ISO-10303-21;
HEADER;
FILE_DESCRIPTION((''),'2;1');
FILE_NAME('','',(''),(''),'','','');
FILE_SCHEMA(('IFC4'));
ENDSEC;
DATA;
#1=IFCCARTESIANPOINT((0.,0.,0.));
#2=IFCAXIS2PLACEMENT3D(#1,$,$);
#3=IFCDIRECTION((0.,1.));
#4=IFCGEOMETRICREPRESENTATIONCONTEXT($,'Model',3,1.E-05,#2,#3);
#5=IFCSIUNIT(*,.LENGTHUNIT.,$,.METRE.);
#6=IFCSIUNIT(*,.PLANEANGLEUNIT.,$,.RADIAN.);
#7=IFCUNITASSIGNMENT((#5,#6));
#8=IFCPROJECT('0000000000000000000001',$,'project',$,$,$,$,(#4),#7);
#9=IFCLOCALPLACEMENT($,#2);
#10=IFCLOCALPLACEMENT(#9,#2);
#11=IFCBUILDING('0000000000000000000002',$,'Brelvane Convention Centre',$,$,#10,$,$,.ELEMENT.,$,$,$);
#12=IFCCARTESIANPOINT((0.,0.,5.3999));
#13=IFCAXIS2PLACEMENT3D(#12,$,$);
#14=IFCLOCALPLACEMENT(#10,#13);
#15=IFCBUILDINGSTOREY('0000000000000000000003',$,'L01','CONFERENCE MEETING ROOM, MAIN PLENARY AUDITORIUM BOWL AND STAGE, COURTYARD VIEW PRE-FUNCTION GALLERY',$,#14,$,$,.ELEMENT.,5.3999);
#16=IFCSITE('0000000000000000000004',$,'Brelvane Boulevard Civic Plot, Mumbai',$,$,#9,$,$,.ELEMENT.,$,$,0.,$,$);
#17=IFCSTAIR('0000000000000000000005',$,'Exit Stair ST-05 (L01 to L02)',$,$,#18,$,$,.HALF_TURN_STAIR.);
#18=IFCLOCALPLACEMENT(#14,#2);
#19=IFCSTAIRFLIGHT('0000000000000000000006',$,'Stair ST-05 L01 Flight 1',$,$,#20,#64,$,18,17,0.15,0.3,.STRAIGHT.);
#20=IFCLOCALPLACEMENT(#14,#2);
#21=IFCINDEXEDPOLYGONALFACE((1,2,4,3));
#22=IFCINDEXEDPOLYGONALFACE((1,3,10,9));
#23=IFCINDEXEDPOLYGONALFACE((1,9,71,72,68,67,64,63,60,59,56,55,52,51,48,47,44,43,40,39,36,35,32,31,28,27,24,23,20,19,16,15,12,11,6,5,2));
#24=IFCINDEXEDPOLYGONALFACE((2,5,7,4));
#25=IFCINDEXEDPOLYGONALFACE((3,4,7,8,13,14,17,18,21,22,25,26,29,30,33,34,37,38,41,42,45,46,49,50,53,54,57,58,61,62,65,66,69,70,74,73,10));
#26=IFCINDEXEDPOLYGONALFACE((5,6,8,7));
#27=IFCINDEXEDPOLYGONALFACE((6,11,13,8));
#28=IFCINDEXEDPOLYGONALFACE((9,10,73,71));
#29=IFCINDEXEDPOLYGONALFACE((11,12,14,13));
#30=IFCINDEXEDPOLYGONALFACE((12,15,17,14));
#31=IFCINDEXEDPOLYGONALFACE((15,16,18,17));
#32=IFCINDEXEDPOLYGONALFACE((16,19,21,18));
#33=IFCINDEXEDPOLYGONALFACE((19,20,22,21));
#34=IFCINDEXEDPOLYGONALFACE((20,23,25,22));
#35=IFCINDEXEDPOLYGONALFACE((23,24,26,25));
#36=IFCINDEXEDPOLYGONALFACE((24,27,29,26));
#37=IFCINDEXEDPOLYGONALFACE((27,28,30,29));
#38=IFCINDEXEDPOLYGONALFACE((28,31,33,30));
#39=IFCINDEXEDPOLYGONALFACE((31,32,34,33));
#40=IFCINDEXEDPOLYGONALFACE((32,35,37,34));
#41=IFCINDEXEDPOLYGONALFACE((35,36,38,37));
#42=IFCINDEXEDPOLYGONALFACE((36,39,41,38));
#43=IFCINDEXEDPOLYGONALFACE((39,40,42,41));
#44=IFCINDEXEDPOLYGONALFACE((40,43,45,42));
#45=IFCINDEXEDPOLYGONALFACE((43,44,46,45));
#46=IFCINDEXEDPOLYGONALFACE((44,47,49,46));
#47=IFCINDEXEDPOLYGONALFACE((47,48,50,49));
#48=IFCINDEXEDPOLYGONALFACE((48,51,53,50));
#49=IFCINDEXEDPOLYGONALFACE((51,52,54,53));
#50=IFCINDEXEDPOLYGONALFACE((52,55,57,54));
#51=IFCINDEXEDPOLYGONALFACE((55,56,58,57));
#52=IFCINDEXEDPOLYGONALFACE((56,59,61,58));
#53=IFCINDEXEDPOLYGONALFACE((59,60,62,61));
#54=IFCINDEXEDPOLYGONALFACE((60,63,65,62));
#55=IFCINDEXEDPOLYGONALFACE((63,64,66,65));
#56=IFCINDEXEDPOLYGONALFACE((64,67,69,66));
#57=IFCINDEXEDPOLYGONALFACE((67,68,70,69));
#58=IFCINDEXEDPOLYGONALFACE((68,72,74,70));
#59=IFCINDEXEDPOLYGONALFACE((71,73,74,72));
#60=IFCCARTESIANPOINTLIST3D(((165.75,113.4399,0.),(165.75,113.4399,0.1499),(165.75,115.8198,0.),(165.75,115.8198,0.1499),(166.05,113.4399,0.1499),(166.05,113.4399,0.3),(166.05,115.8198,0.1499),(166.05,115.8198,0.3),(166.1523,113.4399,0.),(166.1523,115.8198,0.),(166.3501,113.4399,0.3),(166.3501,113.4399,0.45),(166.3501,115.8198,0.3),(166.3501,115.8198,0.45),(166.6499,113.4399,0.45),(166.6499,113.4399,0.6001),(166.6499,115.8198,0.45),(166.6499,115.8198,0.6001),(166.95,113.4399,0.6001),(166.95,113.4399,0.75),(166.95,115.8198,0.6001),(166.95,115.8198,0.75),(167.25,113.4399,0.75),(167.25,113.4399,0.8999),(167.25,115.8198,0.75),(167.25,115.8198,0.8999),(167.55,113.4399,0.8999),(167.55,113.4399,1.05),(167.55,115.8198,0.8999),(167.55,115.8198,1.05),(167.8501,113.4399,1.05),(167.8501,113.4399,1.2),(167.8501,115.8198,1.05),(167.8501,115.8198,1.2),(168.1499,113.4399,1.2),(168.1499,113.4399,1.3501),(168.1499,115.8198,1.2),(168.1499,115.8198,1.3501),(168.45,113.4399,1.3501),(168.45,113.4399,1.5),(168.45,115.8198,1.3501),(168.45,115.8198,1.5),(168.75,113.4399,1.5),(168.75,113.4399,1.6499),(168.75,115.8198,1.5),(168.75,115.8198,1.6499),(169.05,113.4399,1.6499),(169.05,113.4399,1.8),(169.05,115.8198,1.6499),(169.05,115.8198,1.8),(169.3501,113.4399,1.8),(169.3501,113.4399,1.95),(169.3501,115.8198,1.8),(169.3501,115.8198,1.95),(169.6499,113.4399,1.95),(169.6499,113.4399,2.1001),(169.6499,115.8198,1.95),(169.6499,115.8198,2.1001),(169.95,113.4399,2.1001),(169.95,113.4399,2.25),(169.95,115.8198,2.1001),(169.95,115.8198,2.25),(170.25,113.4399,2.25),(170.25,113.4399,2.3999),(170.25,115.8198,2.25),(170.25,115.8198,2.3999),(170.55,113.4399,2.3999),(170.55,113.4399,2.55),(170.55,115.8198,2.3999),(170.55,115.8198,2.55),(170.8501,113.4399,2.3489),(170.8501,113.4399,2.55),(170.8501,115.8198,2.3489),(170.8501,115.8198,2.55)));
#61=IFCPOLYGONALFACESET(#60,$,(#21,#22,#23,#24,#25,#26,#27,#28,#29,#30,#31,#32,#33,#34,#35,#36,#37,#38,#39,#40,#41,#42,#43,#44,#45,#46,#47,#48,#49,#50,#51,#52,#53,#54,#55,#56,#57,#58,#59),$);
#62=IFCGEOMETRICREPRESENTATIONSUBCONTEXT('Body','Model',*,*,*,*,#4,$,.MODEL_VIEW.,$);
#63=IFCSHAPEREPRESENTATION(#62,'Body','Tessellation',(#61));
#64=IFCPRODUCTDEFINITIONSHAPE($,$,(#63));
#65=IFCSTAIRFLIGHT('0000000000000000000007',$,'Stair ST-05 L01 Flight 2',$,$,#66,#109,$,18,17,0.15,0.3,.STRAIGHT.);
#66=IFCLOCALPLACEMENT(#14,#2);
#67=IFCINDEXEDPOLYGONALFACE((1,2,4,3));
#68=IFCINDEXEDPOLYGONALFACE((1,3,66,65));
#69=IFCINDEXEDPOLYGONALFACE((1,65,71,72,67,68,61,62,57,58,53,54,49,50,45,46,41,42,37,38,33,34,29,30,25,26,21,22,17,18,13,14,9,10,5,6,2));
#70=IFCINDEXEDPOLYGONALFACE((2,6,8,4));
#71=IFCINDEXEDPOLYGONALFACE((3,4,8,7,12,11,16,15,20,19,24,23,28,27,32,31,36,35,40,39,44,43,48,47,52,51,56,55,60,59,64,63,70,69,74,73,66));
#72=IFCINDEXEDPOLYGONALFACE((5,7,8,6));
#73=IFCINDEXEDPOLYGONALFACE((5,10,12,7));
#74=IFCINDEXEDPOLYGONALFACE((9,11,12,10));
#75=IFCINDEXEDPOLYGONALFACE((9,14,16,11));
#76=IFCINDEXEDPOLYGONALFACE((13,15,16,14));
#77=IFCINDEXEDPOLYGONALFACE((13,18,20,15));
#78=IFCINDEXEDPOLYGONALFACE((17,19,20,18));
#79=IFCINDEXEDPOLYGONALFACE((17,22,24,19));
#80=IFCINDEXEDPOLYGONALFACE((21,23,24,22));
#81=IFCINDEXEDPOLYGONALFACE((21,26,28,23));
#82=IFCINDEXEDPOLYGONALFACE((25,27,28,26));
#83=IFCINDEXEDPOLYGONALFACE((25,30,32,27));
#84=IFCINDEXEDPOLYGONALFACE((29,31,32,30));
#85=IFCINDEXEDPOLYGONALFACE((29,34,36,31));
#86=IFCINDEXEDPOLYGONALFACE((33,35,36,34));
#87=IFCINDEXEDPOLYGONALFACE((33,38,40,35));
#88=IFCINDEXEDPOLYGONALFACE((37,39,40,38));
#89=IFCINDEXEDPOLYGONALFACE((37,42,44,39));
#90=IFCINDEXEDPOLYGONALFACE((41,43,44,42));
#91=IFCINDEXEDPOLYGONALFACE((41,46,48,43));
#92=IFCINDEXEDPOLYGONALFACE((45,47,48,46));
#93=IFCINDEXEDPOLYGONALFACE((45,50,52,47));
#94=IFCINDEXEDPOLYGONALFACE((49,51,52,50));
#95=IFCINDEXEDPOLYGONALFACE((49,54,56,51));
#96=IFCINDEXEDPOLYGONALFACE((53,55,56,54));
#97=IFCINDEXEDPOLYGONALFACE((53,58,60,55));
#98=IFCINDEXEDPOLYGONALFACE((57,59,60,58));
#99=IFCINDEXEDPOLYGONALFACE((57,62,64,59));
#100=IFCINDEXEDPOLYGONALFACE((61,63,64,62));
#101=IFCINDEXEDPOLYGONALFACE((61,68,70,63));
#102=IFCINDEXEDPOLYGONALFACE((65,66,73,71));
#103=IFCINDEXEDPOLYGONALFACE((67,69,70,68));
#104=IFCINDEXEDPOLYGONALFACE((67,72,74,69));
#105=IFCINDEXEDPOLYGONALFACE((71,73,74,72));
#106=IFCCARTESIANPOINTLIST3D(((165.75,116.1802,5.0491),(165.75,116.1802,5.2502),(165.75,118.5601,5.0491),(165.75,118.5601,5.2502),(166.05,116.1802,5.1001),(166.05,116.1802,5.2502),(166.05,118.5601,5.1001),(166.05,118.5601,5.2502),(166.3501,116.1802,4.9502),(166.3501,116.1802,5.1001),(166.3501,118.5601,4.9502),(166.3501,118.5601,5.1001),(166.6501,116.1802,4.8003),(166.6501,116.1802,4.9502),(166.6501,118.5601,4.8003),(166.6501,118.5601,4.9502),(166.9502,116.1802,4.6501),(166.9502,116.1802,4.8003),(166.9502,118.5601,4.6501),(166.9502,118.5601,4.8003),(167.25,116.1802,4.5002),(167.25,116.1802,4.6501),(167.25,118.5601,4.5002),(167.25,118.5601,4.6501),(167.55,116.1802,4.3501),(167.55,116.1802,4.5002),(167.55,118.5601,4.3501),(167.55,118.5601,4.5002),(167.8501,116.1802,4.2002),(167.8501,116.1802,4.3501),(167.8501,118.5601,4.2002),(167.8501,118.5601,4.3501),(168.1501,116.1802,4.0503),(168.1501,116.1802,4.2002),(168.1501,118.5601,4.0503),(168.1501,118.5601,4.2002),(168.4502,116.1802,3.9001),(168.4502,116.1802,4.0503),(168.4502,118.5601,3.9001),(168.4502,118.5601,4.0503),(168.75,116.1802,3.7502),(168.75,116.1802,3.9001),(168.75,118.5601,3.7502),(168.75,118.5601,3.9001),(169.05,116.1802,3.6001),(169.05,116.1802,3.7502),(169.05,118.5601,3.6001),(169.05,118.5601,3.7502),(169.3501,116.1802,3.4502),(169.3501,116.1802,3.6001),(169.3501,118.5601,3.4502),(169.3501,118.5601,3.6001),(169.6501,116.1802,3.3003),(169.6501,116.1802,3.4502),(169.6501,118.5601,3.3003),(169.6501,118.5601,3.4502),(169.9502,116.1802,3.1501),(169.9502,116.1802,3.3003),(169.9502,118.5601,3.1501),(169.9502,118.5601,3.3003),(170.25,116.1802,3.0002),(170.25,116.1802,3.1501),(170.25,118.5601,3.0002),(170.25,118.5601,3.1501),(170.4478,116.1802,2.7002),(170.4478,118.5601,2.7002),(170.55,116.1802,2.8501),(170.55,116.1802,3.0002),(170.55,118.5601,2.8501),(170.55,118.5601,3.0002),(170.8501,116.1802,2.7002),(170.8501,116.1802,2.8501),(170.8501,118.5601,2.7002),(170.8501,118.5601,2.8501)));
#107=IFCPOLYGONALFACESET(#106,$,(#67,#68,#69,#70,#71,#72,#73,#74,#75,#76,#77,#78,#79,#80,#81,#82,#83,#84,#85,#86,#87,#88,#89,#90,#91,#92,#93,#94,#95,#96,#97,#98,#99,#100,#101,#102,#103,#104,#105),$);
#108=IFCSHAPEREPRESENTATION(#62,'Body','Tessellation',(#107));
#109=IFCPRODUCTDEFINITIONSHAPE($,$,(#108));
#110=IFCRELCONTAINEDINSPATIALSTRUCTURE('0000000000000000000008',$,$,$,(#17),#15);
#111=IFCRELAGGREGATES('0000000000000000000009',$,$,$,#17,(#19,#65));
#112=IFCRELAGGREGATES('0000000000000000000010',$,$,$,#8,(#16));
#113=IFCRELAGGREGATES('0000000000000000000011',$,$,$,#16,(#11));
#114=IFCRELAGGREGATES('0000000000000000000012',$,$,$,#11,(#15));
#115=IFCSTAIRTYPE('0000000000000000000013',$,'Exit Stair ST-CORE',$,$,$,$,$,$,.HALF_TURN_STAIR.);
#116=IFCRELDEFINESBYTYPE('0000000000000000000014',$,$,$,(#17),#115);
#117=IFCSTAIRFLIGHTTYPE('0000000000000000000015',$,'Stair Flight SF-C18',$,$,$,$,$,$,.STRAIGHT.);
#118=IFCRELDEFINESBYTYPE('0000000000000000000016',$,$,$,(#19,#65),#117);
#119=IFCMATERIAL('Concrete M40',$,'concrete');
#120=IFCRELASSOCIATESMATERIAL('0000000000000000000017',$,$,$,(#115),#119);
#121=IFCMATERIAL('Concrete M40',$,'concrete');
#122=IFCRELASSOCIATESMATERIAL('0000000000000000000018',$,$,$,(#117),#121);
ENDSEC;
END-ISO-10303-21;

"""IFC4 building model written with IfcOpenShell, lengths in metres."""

from ifc_helpers import new_model, si_unit, direction, frame, origin, place, context, subcontext, project, spatial, polyline, outline, extrude, material, type_object, element, aggregate, save


model = new_model("IFC4")

# Units and contexts
model_context = context("Model", 3, precision=1e-05, world=origin(), true_north=direction((0.0, 1.0)))
body_context = subcontext(model_context, "Body", "Model", "MODEL_VIEW")
ifc_project = project(units=[si_unit("LENGTHUNIT", "METRE"), si_unit("PLANEANGLEUNIT", "RADIAN")], contexts=[model_context])

# Site, building, storey
site_placement = place(None, origin())
site = spatial("IfcSite", under=ifc_project, at=site_placement, Name="Brelvane Boulevard Civic Plot, Mumbai", CompositionType="ELEMENT", RefElevation=0.0)
building_placement = place(site_placement, origin())
building = spatial("IfcBuilding", under=site, at=building_placement, Name="Brelvane Convention Centre", CompositionType="ELEMENT")
storey_placement = place(building_placement, frame((0.0, 0.0, 5.3999)))
storey = spatial("IfcBuildingStorey", under=building, at=storey_placement, Name="L01", Description="CONFERENCE MEETING ROOM, MAIN PLENARY AUDITORIUM BOWL AND STAGE, COURTYARD VIEW PRE-FUNCTION GALLERY", CompositionType="ELEMENT", Elevation=5.3999)

# Stair, stair flights
ifc_material_1 = material(Name="Concrete M40", Category="concrete")
stair_type = type_object("IfcStairType", Name="Exit Stair ST-CORE", PredefinedType="HALF_TURN_STAIR", material=ifc_material_1)
stair_placement = place(storey_placement, origin())
stair = element("IfcStair", 1, at=stair_placement, inside=storey, type_object=stair_type, Name="Exit Stair ST-05 (L01 to L02)", PredefinedType="HALF_TURN_STAIR")
ifc_material_2 = material(Name="Concrete M40", Category="concrete")
stair_flight_type = type_object("IfcStairFlightType", Name="Stair Flight SF-C18", PredefinedType="STRAIGHT", material=ifc_material_2)
stair_flight_1_placement = place(storey_placement, frame((165.75, 114.6299, 0.0), z_axis=(0.0, 0.0, 1.0), x_axis=(1.0, 0.0, 0.0)))
stair_flight_1 = element("IfcStairFlight", 2, at=stair_flight_1_placement, type_object=stair_flight_type, Name="Stair ST-05 L01 Flight 1", NumberOfRisers=18, NumberOfTreads=17, PredefinedType="STRAIGHT", RiserHeight=0.15, TreadLength=0.3, context=body_context, shape_type="SweptSolid", body=[
    extrude(outline(polyline([(0.0, 0.0), (0.0, 0.1499), (0.3, 0.1499), (0.3, 0.3), (0.6001, 0.3), (0.6001, 0.45), (0.8999, 0.45), (0.8999, 0.6001), (1.2, 0.6001), (1.2, 0.75), (1.5, 0.75), (1.5, 0.8999), (1.8, 0.8999), (1.8, 1.05), (2.1001, 1.05), (2.1001, 1.2), (2.3999, 1.2), (2.3999, 1.3501), (2.7, 1.3501), (2.7, 1.5), (3.0, 1.5), (3.0, 1.6499), (3.3, 1.6499), (3.3, 1.8), (3.6001, 1.8), (3.6001, 1.95), (3.8999, 1.95), (3.8999, 2.1001), (4.2, 2.1001), (4.2, 2.25), (4.5, 2.25), (4.5, 2.3999), (4.8, 2.3999), (4.8, 2.55), (5.1001, 2.55), (5.1001, 2.7), (5.1001, 2.3489), (0.4023, 0.0), (0.0, 0.0)])), frame((0.0, 1.1899, 0.0), z_axis=(0.0, -1.0, 0.0), x_axis=(1.0, 0.0, 0.0)), (0.0, 0.0, 1.0), 2.3799),
])
stair_flight_2_placement = place(storey_placement, frame((170.8501, 117.3701, 2.7002), z_axis=(0.0, 0.0, 1.0), x_axis=(-1.0, 0.0, 0.0)))
stair_flight_2 = element("IfcStairFlight", 3, at=stair_flight_2_placement, type_object=stair_flight_type, Name="Stair ST-05 L01 Flight 2", NumberOfRisers=18, NumberOfTreads=17, PredefinedType="STRAIGHT", RiserHeight=0.15, TreadLength=0.3, context=body_context, shape_type="SweptSolid", body=[
    extrude(outline(polyline([(0.0, 0.0), (0.0, 0.1499), (0.3, 0.1499), (0.3, 0.3), (0.6001, 0.3), (0.6001, 0.45), (0.8999, 0.45), (0.8999, 0.6001), (1.2, 0.6001), (1.2, 0.75), (1.5, 0.75), (1.5, 0.8999), (1.8, 0.8999), (1.8, 1.05), (2.1001, 1.05), (2.1001, 1.2), (2.3999, 1.2), (2.3999, 1.3501), (2.7, 1.3501), (2.7, 1.5), (3.0, 1.5), (3.0, 1.6499), (3.3, 1.6499), (3.3, 1.8), (3.6001, 1.8), (3.6001, 1.95), (3.8999, 1.95), (3.8999, 2.1001), (4.2, 2.1001), (4.2, 2.25), (4.5, 2.25), (4.5, 2.3999), (4.8, 2.3999), (4.8, 2.55), (5.1001, 2.55), (5.1001, 2.7), (5.1001, 2.3489), (0.4023, 0.0), (0.0, 0.0)])), frame((0.0, 1.1899, 0.0), z_axis=(0.0, -1.0, 0.0), x_axis=(1.0, 0.0, 0.0)), (0.0, 0.0, 1.0), 2.3799),
])
aggregate(stair, [stair_flight_1, stair_flight_2])

save(model, "model.ifc")
